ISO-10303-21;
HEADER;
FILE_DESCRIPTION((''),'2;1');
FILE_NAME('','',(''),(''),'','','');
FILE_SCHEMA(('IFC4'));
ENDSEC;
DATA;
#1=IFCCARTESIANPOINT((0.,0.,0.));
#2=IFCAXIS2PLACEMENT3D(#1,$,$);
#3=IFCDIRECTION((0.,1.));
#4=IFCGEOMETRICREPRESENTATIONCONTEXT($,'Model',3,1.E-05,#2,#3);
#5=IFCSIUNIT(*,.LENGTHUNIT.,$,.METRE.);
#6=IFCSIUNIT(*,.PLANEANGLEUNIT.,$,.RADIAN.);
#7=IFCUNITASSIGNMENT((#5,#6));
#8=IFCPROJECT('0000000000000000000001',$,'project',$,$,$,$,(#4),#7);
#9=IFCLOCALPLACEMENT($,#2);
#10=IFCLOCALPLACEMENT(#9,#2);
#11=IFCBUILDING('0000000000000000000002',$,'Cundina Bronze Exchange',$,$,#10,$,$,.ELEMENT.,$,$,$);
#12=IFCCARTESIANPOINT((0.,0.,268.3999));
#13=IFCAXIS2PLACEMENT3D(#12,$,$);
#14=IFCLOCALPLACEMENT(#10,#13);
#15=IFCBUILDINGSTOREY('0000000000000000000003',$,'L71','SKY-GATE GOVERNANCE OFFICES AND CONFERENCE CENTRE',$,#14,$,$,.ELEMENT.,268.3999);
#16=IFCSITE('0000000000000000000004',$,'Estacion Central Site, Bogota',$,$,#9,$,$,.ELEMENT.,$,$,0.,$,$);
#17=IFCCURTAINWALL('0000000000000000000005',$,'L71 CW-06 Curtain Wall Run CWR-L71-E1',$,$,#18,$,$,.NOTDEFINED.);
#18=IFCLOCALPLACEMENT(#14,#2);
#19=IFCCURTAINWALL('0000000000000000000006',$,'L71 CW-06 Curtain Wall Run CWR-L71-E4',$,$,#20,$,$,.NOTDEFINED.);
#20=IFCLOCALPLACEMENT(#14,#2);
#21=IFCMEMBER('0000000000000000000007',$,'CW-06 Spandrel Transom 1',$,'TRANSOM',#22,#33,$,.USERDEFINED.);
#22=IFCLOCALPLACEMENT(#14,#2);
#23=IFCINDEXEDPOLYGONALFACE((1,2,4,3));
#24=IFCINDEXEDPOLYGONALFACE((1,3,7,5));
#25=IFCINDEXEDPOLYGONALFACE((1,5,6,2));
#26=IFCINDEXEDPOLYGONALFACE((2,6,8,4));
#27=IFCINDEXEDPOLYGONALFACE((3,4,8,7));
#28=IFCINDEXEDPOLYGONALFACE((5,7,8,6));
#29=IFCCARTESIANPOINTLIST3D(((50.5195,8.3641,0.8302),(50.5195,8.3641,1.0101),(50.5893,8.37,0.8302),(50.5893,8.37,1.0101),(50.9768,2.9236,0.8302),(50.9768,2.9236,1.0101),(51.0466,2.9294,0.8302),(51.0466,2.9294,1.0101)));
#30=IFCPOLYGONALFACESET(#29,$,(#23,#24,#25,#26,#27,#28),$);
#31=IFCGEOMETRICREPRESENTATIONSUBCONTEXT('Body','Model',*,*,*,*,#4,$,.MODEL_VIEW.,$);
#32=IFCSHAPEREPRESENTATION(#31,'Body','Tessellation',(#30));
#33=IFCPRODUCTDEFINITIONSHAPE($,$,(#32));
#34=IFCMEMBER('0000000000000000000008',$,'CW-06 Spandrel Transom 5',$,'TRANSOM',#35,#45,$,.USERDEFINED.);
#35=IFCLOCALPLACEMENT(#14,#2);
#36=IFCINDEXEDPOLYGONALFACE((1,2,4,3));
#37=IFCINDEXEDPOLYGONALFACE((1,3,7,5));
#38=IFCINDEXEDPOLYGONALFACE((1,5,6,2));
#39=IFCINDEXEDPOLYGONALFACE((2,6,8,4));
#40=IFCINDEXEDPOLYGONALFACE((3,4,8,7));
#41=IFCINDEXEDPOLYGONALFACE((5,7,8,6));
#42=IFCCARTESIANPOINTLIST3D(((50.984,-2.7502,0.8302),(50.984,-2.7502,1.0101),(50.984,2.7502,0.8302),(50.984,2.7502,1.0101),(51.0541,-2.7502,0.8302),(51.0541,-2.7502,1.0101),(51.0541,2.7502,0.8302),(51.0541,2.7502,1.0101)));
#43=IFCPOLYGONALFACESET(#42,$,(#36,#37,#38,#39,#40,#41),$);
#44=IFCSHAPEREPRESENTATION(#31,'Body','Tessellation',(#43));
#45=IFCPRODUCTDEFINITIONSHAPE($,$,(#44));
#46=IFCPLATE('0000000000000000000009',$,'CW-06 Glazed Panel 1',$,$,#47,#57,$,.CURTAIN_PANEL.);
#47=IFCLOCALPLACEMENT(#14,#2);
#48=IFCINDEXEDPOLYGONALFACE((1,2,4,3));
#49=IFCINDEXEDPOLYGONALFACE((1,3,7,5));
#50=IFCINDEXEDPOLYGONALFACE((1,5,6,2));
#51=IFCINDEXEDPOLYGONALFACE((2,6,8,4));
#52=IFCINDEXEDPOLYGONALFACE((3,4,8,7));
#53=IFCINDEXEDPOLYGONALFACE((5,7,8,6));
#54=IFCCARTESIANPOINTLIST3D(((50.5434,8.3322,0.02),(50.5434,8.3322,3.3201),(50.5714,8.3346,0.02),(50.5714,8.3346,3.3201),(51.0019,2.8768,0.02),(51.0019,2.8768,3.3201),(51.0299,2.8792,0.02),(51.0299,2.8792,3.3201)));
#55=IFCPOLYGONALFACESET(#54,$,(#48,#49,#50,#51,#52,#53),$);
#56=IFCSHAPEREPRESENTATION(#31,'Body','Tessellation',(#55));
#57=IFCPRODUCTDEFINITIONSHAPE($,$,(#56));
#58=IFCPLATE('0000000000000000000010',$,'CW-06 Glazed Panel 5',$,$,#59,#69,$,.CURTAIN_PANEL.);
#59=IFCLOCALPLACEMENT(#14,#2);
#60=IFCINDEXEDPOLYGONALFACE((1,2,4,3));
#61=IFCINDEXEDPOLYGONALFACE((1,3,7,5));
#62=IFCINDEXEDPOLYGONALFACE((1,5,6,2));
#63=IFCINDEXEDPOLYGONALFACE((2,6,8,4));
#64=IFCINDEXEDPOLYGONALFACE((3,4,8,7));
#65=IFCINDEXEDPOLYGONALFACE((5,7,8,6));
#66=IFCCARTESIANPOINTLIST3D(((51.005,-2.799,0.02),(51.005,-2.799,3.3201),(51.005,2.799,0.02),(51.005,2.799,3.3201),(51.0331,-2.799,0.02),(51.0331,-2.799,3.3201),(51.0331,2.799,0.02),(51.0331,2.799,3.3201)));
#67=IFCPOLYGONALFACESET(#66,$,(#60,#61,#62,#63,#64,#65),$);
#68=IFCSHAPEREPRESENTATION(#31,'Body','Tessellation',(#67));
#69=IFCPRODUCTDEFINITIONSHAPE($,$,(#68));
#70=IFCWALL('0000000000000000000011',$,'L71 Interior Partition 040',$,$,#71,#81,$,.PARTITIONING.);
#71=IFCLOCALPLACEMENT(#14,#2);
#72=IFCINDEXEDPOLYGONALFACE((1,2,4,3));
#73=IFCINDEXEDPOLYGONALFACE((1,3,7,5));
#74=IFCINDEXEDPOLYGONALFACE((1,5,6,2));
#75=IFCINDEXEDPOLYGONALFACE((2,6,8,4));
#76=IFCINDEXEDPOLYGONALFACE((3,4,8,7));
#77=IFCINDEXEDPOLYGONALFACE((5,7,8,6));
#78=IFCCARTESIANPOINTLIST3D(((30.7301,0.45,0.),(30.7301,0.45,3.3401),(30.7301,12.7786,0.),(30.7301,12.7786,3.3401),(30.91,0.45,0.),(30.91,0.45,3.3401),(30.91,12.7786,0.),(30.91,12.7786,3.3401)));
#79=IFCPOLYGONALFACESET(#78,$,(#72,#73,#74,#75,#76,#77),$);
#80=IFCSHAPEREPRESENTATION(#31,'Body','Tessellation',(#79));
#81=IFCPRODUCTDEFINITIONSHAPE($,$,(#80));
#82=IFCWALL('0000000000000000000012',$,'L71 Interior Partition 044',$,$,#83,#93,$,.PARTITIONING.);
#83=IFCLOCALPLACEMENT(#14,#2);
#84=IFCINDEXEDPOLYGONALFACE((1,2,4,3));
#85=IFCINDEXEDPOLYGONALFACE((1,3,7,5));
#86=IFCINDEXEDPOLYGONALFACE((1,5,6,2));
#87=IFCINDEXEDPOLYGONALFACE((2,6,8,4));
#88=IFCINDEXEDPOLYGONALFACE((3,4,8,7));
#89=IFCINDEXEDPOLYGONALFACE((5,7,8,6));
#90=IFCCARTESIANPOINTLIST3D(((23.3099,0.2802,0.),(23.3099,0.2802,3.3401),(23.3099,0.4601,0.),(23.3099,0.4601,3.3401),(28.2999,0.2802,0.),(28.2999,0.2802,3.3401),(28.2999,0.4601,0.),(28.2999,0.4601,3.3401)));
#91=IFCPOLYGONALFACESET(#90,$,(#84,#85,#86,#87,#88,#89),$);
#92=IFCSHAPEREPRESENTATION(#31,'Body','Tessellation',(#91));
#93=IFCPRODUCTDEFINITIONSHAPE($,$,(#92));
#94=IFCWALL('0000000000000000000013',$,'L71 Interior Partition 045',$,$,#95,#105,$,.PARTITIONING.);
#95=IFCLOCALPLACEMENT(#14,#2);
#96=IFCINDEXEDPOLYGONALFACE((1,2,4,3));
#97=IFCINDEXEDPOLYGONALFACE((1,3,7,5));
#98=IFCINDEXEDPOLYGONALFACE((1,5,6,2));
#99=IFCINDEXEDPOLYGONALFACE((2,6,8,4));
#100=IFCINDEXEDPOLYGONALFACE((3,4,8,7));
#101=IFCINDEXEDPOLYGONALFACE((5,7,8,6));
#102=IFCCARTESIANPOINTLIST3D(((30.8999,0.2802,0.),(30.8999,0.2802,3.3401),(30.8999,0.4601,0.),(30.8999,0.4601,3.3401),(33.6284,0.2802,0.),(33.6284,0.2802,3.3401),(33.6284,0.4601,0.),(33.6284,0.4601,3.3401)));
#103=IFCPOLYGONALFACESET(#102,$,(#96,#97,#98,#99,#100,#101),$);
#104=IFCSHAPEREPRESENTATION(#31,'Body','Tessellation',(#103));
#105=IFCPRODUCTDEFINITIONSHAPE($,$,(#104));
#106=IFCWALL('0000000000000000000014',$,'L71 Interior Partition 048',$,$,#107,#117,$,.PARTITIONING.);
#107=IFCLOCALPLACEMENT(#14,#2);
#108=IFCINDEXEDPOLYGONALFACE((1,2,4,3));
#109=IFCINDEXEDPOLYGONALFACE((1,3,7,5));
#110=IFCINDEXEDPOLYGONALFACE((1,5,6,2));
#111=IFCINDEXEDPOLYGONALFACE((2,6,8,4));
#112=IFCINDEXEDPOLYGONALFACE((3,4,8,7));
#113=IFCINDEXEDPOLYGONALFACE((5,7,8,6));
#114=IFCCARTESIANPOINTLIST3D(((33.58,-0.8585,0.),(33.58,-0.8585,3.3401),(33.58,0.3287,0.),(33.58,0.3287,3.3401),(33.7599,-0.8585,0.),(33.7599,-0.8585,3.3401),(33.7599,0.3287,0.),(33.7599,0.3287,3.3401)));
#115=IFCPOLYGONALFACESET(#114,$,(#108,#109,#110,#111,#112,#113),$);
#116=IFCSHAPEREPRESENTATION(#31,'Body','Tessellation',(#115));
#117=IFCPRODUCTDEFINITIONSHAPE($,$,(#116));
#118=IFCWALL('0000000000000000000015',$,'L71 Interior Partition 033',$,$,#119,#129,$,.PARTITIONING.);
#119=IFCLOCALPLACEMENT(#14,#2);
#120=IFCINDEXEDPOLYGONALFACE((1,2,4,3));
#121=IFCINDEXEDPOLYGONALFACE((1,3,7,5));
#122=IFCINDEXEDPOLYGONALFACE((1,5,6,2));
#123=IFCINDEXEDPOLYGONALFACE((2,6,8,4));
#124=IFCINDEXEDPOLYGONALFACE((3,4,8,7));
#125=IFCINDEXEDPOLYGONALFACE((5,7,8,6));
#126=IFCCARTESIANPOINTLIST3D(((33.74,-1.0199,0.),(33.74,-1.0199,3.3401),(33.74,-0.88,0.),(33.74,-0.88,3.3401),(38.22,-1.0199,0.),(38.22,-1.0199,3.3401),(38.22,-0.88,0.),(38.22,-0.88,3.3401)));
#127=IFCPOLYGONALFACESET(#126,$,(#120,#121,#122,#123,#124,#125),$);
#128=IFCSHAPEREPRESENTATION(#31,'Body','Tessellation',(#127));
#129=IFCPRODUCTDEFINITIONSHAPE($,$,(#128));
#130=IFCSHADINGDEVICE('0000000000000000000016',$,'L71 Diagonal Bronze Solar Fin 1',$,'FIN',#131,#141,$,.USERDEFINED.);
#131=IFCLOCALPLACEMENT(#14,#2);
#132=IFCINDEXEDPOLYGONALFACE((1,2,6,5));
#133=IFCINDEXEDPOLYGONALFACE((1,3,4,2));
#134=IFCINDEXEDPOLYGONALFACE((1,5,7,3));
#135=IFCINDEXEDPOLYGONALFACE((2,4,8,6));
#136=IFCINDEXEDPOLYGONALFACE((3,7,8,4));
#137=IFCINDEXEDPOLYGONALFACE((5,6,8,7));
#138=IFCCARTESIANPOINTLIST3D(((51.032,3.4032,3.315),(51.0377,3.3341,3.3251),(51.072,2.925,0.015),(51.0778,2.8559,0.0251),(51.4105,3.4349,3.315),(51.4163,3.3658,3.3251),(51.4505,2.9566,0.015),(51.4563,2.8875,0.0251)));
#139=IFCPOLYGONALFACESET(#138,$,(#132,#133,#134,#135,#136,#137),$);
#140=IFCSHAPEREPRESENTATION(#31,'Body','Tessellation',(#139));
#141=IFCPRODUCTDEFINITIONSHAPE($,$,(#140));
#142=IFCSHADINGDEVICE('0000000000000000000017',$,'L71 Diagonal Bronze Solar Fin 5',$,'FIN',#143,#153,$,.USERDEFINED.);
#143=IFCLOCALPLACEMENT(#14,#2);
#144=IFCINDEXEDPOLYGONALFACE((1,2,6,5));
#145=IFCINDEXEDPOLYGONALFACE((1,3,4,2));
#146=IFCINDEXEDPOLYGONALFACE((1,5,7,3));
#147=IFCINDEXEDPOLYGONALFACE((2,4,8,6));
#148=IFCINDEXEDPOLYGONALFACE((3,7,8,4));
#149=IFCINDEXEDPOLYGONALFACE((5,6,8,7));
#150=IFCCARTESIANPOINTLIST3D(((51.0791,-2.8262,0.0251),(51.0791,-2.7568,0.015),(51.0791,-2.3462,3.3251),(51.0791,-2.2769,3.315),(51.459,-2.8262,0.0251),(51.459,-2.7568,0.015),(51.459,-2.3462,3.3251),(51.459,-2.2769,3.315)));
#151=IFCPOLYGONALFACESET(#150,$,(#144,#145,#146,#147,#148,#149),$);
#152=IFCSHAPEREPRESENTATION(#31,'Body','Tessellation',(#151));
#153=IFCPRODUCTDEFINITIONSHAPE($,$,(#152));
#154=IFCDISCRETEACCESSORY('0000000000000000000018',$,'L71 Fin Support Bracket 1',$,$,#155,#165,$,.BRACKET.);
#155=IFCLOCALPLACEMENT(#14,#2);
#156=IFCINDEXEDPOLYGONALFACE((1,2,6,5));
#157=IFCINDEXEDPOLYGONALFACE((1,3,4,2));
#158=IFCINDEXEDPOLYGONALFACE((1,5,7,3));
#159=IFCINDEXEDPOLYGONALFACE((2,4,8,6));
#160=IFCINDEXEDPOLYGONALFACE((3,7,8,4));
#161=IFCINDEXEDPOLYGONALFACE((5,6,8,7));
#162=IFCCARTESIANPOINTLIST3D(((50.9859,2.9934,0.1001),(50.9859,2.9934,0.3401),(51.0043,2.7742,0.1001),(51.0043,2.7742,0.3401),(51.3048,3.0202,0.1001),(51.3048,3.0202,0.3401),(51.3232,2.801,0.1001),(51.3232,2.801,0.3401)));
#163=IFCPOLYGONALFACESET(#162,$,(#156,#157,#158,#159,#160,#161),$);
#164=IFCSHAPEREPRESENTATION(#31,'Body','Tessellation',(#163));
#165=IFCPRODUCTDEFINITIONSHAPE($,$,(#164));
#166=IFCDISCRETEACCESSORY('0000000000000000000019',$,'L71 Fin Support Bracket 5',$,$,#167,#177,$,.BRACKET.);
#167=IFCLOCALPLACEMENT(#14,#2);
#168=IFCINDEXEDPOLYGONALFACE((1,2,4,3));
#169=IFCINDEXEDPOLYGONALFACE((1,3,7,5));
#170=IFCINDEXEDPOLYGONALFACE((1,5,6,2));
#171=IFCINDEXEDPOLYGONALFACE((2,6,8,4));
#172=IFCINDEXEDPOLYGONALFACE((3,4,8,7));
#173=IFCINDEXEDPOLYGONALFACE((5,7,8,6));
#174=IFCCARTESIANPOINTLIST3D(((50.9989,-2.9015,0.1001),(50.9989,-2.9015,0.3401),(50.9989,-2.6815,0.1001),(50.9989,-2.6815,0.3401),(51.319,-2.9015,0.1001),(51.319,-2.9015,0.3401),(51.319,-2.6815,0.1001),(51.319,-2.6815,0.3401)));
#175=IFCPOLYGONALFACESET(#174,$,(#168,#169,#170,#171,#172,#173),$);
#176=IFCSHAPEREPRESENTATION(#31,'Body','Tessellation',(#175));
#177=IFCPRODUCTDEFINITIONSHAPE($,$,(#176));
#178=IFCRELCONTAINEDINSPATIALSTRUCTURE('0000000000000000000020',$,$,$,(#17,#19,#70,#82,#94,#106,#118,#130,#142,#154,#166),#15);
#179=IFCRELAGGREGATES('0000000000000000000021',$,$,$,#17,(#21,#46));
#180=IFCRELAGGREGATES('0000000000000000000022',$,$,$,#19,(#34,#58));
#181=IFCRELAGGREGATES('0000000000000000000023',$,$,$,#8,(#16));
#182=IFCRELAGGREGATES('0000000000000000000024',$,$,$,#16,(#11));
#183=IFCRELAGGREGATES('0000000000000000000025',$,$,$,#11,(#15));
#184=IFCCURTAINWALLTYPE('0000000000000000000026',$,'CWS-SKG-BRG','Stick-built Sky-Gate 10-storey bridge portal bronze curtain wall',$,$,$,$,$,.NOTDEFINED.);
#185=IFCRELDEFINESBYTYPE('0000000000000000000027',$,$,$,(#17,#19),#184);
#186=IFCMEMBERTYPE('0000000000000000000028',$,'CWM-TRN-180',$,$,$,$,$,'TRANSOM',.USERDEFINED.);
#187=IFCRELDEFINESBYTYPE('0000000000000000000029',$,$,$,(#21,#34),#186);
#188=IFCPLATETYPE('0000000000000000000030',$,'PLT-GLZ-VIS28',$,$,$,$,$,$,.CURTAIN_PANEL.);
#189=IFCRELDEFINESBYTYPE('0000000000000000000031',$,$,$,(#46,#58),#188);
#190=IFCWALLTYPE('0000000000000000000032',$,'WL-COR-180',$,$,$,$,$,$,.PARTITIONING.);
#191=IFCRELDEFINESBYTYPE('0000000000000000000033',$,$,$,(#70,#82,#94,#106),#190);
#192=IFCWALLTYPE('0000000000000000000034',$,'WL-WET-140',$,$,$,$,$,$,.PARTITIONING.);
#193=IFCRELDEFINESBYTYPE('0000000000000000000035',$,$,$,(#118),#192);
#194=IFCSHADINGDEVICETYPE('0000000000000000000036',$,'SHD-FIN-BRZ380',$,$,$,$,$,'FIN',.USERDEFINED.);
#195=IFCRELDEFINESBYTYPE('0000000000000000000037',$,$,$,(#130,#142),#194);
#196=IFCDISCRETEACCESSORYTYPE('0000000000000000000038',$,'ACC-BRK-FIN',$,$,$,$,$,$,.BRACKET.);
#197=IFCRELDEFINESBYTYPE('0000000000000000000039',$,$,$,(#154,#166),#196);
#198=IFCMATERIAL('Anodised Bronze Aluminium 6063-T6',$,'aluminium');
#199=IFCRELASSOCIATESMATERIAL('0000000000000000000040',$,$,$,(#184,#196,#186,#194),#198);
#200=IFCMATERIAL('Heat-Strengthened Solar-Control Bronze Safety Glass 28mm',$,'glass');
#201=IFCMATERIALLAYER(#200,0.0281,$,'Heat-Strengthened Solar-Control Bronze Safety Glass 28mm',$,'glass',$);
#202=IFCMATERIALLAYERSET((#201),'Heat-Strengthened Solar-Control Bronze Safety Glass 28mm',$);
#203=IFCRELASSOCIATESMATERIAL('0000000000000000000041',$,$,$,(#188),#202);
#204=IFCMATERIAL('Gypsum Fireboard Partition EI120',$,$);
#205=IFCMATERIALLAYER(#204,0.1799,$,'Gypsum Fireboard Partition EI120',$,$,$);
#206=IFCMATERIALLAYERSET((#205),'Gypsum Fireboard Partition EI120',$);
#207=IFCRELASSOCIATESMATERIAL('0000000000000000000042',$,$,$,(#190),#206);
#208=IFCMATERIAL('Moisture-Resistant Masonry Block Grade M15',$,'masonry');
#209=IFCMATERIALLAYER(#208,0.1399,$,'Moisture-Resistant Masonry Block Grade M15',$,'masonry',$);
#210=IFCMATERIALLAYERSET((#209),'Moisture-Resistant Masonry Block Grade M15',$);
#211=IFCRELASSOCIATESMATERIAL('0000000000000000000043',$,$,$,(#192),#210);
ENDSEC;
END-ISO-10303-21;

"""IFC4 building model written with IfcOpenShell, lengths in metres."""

from ifc_helpers import new_model, si_unit, direction, frame, frame_2d, origin, origin_2d, place, context, subcontext, project, spatial, rectangle, extrude, material, layer, layer_set, material_profile, profile_set, type_object, element, aggregate, save


model = new_model("IFC4")

# Units and contexts
model_context = context("Model", 3, precision=1e-05, world=origin(), true_north=direction((0.0, 1.0)))
body_context = subcontext(model_context, "Body", "Model", "MODEL_VIEW")
ifc_project = project(units=[si_unit("LENGTHUNIT", "METRE"), si_unit("PLANEANGLEUNIT", "RADIAN")], contexts=[model_context])

# Site, building, storey
site_placement = place(None, origin())
site = spatial("IfcSite", under=ifc_project, at=site_placement, Name="Estacion Central Site, Bogota", CompositionType="ELEMENT", RefElevation=0.0)
building_placement = place(site_placement, origin())
building = spatial("IfcBuilding", under=site, at=building_placement, Name="Cundina Bronze Exchange", CompositionType="ELEMENT")
storey_placement = place(building_placement, frame((0.0, 0.0, 268.3999)))
storey = spatial("IfcBuildingStorey", under=building, at=storey_placement, Name="L71", Description="SKY-GATE GOVERNANCE OFFICES AND CONFERENCE CENTRE", CompositionType="ELEMENT", Elevation=268.3999)

# Curtain walls
ifc_material_1 = material(Name="Anodised Bronze Aluminium 6063-T6", Category="aluminium")
curtain_wall_type = type_object("IfcCurtainWallType", Name="CWS-SKG-BRG", Description="Stick-built Sky-Gate 10-storey bridge portal bronze curtain wall", PredefinedType="NOTDEFINED", material=ifc_material_1)
curtain_wall_1_placement = place(storey_placement, origin())
curtain_wall_1 = element("IfcCurtainWall", 1, at=curtain_wall_1_placement, inside=storey, type_object=curtain_wall_type, Name="L71 CW-06 Curtain Wall Run CWR-L71-E1", PredefinedType="NOTDEFINED")
curtain_wall_2_placement = place(storey_placement, origin())
curtain_wall_2 = element("IfcCurtainWall", 2, at=curtain_wall_2_placement, inside=storey, type_object=curtain_wall_type, Name="L71 CW-06 Curtain Wall Run CWR-L71-E4", PredefinedType="NOTDEFINED")

# Members
ifc_material_profile_1 = material_profile(ifc_material_1, rectangle(XDim=0.0701, YDim=0.1799, at=origin_2d()), Name="AL70X180", Category="aluminium")
ifc_profile_set_1 = profile_set([ifc_material_profile_1], Name="Anodised Bronze Aluminium 6063-T6")
member_type_1 = type_object("IfcMemberType", Name="CWM-TRN-180", ElementType="TRANSOM", PredefinedType="USERDEFINED", material=ifc_profile_set_1)
member_1_placement = place(storey_placement, frame((51.0117, 2.9265, 0.9202), z_axis=(-0.083756, 0.996486, 0.0), x_axis=(-0.996486, -0.083756, 0.0)))
member_1 = element("IfcMember", 3, at=member_1_placement, type_object=member_type_1, Name="CW-06 Spandrel Transom 1", ObjectType="TRANSOM", PredefinedType="USERDEFINED", context=body_context, shape_type="SweptSolid", body=[
    extrude(rectangle(XDim=0.0701, YDim=0.1799, at=origin_2d()), origin(), (0.0, 0.0, 1.0), 5.4597),
])
member_2_placement = place(storey_placement, frame((51.019, -2.7502, 0.9202), z_axis=(0.0, 1.0, 0.0), x_axis=(-1.0, 0.0, 0.0)))
member_2 = element("IfcMember", 4, at=member_2_placement, type_object=member_type_1, Name="CW-06 Spandrel Transom 5", ObjectType="TRANSOM", PredefinedType="USERDEFINED", context=body_context, shape_type="SweptSolid", body=[
    extrude(rectangle(XDim=0.0701, YDim=0.1799, at=origin_2d()), origin(), (0.0, 0.0, 1.0), 5.5005),
])

# Plates
ifc_material_2 = material(Name="Heat-Strengthened Solar-Control Bronze Safety Glass 28mm", Category="glass")
ifc_layer_1 = layer(ifc_material_2, 0.0281, Name="Heat-Strengthened Solar-Control Bronze Safety Glass 28mm", Category="glass")
ifc_layer_set_1 = layer_set([ifc_layer_1], Name="Heat-Strengthened Solar-Control Bronze Safety Glass 28mm")
plate_type = type_object("IfcPlateType", Name="PLT-GLZ-VIS28", PredefinedType="CURTAIN_PANEL", material=ifc_layer_set_1)
plate_1_placement = place(storey_placement, frame((50.7866, 5.6057, 0.02), z_axis=(0.0, 0.0, 1.0), x_axis=(-0.083747, 0.996487, 0.0)))
plate_1 = element("IfcPlate", 5, at=plate_1_placement, type_object=plate_type, Name="CW-06 Glazed Panel 1", PredefinedType="CURTAIN_PANEL", context=body_context, shape_type="SweptSolid", body=[
    extrude(rectangle(XDim=5.4746, YDim=0.0281, at=origin_2d()), origin(), (0.0, 0.0, 1.0), 3.3),
])
aggregate(curtain_wall_1, [member_1, plate_1])
plate_2_placement = place(storey_placement, frame((51.019, 0.0, 0.02), z_axis=(0.0, 0.0, 1.0), x_axis=(0.0, 1.0, 0.0)))
plate_2 = element("IfcPlate", 6, at=plate_2_placement, type_object=plate_type, Name="CW-06 Glazed Panel 5", PredefinedType="CURTAIN_PANEL", context=body_context, shape_type="SweptSolid", body=[
    extrude(rectangle(XDim=5.5979, YDim=0.0281, at=origin_2d()), origin(), (0.0, 0.0, 1.0), 3.3),
])
aggregate(curtain_wall_2, [member_2, plate_2])

# Shared definitions
ifc_material_3 = material(Name="Gypsum Fireboard Partition EI120")
ifc_layer_2 = layer(ifc_material_3, 0.1799, Name="Gypsum Fireboard Partition EI120")
ifc_layer_set_2 = layer_set([ifc_layer_2], Name="Gypsum Fireboard Partition EI120")
wall_type_1 = type_object("IfcWallType", Name="WL-COR-180", PredefinedType="PARTITIONING", material=ifc_layer_set_2)

# Walls
wall_1_placement = place(storey_placement, frame((30.8201, 0.45, 0.0), z_axis=(0.0, 0.0, 1.0), x_axis=(0.0, 1.0, 0.0)))
element("IfcWall", 7, at=wall_1_placement, inside=storey, type_object=wall_type_1, Name="L71 Interior Partition 040", PredefinedType="PARTITIONING", context=body_context, shape_type="SweptSolid", body=[
    extrude(rectangle(XDim=12.3286, YDim=0.1799, at=frame_2d((6.1643, 0.0))), origin(), (0.0, 0.0, 1.0), 3.3401),
])
wall_2_placement = place(storey_placement, frame((28.3, 0.3701, 0.0), z_axis=(0.0, 0.0, 1.0), x_axis=(-1.0, 0.0, 0.0)))
element("IfcWall", 8, at=wall_2_placement, inside=storey, type_object=wall_type_1, Name="L71 Interior Partition 044", PredefinedType="PARTITIONING", context=body_context, shape_type="SweptSolid", body=[
    extrude(rectangle(XDim=4.99, YDim=0.1799, at=frame_2d((2.4951, 0.0))), origin(), (0.0, 0.0, 1.0), 3.3401),
])
wall_3_placement = place(storey_placement, frame((33.6284, 0.3701, 0.0), z_axis=(0.0, 0.0, 1.0), x_axis=(-1.0, 0.0, 0.0)))
element("IfcWall", 9, at=wall_3_placement, inside=storey, type_object=wall_type_1, Name="L71 Interior Partition 045", PredefinedType="PARTITIONING", context=body_context, shape_type="SweptSolid", body=[
    extrude(rectangle(XDim=2.7285, YDim=0.1799, at=frame_2d((1.3643, 0.0))), origin(), (0.0, 0.0, 1.0), 3.3401),
])
wall_4_placement = place(storey_placement, frame((33.6699, -0.8586, 0.0), z_axis=(0.0, 0.0, 1.0), x_axis=(0.0, 1.0, 0.0)))
element("IfcWall", 10, at=wall_4_placement, inside=storey, type_object=wall_type_1, Name="L71 Interior Partition 048", PredefinedType="PARTITIONING", context=body_context, shape_type="SweptSolid", body=[
    extrude(rectangle(XDim=1.1873, YDim=0.1799, at=frame_2d((0.5938, 0.0))), origin(), (0.0, 0.0, 1.0), 3.3401),
])
ifc_material_4 = material(Name="Moisture-Resistant Masonry Block Grade M15", Category="masonry")
ifc_layer_3 = layer(ifc_material_4, 0.1399, Name="Moisture-Resistant Masonry Block Grade M15", Category="masonry")
ifc_layer_set_3 = layer_set([ifc_layer_3], Name="Moisture-Resistant Masonry Block Grade M15")
wall_type_2 = type_object("IfcWallType", Name="WL-WET-140", PredefinedType="PARTITIONING", material=ifc_layer_set_3)
wall_5_placement = place(storey_placement, frame((33.74, -0.95, 0.0), z_axis=(0.0, 0.0, 1.0), x_axis=(1.0, 0.0, 0.0)))
element("IfcWall", 11, at=wall_5_placement, inside=storey, type_object=wall_type_2, Name="L71 Interior Partition 033", PredefinedType="PARTITIONING", context=body_context, shape_type="SweptSolid", body=[
    extrude(rectangle(XDim=4.48, YDim=0.1399, at=frame_2d((2.24, 0.0))), origin(), (0.0, 0.0, 1.0), 3.3401),
])

# Shading devices
ifc_material_profile_2 = material_profile(ifc_material_1, rectangle(XDim=0.0701, YDim=0.3799, at=origin_2d()), Name="FIN70X380", Category="aluminium")
ifc_profile_set_2 = profile_set([ifc_material_profile_2], Name="Anodised Bronze Aluminium 6063-T6")
shading_device_type = type_object("IfcShadingDeviceType", Name="SHD-FIN-BRZ380", ElementType="FIN", PredefinedType="USERDEFINED", material=ifc_profile_set_2)
for number, where, z_axis, x_axis, name in (
    (12, (51.2642, 2.9062, 0.02), (-0.012007, 0.14342, 0.989589), (0.082556, -0.98614, 0.143921), "L71 Diagonal Bronze Solar Fin 1"),
    (13, (51.269, -2.7915, 0.02), (0.0, 0.143932, 0.989588), (0.0, -0.989588, 0.143932), "L71 Diagonal Bronze Solar Fin 5"),
):
    element("IfcShadingDevice", number, at=place(storey_placement, frame(where, z_axis=z_axis, x_axis=x_axis)), inside=storey, type_object=shading_device_type, Name=name, ObjectType="FIN", PredefinedType="USERDEFINED", context=body_context, shape_type="SweptSolid", body=[
        extrude(rectangle(XDim=0.0701, YDim=0.3799, at=origin_2d()), origin(), (0.0, 0.0, 1.0), 3.3347),
    ])

# Discrete accessories
discrete_accessory_type = type_object("IfcDiscreteAccessoryType", Name="ACC-BRK-FIN", PredefinedType="BRACKET", material=ifc_material_1)
for number, where, z_axis, x_axis, name in (
    (14, (51.1545, 2.8972, 0.1001), (0.0, 0.0, 1.0), (-0.083747, 0.996487, 0.0), "L71 Fin Support Bracket 1"),
    (15, (51.1589, -2.7915, 0.1001), (0.0, 0.0, 1.0), (0.0, 1.0, 0.0), "L71 Fin Support Bracket 5"),
):
    element("IfcDiscreteAccessory", number, at=place(storey_placement, frame(where, z_axis=z_axis, x_axis=x_axis)), inside=storey, type_object=discrete_accessory_type, Name=name, PredefinedType="BRACKET", context=body_context, shape_type="SweptSolid", body=[
        extrude(rectangle(XDim=0.22, YDim=0.3201, at=origin_2d()), origin(), (0.0, 0.0, 1.0), 0.24),
    ])

save(model, "model.ifc")
